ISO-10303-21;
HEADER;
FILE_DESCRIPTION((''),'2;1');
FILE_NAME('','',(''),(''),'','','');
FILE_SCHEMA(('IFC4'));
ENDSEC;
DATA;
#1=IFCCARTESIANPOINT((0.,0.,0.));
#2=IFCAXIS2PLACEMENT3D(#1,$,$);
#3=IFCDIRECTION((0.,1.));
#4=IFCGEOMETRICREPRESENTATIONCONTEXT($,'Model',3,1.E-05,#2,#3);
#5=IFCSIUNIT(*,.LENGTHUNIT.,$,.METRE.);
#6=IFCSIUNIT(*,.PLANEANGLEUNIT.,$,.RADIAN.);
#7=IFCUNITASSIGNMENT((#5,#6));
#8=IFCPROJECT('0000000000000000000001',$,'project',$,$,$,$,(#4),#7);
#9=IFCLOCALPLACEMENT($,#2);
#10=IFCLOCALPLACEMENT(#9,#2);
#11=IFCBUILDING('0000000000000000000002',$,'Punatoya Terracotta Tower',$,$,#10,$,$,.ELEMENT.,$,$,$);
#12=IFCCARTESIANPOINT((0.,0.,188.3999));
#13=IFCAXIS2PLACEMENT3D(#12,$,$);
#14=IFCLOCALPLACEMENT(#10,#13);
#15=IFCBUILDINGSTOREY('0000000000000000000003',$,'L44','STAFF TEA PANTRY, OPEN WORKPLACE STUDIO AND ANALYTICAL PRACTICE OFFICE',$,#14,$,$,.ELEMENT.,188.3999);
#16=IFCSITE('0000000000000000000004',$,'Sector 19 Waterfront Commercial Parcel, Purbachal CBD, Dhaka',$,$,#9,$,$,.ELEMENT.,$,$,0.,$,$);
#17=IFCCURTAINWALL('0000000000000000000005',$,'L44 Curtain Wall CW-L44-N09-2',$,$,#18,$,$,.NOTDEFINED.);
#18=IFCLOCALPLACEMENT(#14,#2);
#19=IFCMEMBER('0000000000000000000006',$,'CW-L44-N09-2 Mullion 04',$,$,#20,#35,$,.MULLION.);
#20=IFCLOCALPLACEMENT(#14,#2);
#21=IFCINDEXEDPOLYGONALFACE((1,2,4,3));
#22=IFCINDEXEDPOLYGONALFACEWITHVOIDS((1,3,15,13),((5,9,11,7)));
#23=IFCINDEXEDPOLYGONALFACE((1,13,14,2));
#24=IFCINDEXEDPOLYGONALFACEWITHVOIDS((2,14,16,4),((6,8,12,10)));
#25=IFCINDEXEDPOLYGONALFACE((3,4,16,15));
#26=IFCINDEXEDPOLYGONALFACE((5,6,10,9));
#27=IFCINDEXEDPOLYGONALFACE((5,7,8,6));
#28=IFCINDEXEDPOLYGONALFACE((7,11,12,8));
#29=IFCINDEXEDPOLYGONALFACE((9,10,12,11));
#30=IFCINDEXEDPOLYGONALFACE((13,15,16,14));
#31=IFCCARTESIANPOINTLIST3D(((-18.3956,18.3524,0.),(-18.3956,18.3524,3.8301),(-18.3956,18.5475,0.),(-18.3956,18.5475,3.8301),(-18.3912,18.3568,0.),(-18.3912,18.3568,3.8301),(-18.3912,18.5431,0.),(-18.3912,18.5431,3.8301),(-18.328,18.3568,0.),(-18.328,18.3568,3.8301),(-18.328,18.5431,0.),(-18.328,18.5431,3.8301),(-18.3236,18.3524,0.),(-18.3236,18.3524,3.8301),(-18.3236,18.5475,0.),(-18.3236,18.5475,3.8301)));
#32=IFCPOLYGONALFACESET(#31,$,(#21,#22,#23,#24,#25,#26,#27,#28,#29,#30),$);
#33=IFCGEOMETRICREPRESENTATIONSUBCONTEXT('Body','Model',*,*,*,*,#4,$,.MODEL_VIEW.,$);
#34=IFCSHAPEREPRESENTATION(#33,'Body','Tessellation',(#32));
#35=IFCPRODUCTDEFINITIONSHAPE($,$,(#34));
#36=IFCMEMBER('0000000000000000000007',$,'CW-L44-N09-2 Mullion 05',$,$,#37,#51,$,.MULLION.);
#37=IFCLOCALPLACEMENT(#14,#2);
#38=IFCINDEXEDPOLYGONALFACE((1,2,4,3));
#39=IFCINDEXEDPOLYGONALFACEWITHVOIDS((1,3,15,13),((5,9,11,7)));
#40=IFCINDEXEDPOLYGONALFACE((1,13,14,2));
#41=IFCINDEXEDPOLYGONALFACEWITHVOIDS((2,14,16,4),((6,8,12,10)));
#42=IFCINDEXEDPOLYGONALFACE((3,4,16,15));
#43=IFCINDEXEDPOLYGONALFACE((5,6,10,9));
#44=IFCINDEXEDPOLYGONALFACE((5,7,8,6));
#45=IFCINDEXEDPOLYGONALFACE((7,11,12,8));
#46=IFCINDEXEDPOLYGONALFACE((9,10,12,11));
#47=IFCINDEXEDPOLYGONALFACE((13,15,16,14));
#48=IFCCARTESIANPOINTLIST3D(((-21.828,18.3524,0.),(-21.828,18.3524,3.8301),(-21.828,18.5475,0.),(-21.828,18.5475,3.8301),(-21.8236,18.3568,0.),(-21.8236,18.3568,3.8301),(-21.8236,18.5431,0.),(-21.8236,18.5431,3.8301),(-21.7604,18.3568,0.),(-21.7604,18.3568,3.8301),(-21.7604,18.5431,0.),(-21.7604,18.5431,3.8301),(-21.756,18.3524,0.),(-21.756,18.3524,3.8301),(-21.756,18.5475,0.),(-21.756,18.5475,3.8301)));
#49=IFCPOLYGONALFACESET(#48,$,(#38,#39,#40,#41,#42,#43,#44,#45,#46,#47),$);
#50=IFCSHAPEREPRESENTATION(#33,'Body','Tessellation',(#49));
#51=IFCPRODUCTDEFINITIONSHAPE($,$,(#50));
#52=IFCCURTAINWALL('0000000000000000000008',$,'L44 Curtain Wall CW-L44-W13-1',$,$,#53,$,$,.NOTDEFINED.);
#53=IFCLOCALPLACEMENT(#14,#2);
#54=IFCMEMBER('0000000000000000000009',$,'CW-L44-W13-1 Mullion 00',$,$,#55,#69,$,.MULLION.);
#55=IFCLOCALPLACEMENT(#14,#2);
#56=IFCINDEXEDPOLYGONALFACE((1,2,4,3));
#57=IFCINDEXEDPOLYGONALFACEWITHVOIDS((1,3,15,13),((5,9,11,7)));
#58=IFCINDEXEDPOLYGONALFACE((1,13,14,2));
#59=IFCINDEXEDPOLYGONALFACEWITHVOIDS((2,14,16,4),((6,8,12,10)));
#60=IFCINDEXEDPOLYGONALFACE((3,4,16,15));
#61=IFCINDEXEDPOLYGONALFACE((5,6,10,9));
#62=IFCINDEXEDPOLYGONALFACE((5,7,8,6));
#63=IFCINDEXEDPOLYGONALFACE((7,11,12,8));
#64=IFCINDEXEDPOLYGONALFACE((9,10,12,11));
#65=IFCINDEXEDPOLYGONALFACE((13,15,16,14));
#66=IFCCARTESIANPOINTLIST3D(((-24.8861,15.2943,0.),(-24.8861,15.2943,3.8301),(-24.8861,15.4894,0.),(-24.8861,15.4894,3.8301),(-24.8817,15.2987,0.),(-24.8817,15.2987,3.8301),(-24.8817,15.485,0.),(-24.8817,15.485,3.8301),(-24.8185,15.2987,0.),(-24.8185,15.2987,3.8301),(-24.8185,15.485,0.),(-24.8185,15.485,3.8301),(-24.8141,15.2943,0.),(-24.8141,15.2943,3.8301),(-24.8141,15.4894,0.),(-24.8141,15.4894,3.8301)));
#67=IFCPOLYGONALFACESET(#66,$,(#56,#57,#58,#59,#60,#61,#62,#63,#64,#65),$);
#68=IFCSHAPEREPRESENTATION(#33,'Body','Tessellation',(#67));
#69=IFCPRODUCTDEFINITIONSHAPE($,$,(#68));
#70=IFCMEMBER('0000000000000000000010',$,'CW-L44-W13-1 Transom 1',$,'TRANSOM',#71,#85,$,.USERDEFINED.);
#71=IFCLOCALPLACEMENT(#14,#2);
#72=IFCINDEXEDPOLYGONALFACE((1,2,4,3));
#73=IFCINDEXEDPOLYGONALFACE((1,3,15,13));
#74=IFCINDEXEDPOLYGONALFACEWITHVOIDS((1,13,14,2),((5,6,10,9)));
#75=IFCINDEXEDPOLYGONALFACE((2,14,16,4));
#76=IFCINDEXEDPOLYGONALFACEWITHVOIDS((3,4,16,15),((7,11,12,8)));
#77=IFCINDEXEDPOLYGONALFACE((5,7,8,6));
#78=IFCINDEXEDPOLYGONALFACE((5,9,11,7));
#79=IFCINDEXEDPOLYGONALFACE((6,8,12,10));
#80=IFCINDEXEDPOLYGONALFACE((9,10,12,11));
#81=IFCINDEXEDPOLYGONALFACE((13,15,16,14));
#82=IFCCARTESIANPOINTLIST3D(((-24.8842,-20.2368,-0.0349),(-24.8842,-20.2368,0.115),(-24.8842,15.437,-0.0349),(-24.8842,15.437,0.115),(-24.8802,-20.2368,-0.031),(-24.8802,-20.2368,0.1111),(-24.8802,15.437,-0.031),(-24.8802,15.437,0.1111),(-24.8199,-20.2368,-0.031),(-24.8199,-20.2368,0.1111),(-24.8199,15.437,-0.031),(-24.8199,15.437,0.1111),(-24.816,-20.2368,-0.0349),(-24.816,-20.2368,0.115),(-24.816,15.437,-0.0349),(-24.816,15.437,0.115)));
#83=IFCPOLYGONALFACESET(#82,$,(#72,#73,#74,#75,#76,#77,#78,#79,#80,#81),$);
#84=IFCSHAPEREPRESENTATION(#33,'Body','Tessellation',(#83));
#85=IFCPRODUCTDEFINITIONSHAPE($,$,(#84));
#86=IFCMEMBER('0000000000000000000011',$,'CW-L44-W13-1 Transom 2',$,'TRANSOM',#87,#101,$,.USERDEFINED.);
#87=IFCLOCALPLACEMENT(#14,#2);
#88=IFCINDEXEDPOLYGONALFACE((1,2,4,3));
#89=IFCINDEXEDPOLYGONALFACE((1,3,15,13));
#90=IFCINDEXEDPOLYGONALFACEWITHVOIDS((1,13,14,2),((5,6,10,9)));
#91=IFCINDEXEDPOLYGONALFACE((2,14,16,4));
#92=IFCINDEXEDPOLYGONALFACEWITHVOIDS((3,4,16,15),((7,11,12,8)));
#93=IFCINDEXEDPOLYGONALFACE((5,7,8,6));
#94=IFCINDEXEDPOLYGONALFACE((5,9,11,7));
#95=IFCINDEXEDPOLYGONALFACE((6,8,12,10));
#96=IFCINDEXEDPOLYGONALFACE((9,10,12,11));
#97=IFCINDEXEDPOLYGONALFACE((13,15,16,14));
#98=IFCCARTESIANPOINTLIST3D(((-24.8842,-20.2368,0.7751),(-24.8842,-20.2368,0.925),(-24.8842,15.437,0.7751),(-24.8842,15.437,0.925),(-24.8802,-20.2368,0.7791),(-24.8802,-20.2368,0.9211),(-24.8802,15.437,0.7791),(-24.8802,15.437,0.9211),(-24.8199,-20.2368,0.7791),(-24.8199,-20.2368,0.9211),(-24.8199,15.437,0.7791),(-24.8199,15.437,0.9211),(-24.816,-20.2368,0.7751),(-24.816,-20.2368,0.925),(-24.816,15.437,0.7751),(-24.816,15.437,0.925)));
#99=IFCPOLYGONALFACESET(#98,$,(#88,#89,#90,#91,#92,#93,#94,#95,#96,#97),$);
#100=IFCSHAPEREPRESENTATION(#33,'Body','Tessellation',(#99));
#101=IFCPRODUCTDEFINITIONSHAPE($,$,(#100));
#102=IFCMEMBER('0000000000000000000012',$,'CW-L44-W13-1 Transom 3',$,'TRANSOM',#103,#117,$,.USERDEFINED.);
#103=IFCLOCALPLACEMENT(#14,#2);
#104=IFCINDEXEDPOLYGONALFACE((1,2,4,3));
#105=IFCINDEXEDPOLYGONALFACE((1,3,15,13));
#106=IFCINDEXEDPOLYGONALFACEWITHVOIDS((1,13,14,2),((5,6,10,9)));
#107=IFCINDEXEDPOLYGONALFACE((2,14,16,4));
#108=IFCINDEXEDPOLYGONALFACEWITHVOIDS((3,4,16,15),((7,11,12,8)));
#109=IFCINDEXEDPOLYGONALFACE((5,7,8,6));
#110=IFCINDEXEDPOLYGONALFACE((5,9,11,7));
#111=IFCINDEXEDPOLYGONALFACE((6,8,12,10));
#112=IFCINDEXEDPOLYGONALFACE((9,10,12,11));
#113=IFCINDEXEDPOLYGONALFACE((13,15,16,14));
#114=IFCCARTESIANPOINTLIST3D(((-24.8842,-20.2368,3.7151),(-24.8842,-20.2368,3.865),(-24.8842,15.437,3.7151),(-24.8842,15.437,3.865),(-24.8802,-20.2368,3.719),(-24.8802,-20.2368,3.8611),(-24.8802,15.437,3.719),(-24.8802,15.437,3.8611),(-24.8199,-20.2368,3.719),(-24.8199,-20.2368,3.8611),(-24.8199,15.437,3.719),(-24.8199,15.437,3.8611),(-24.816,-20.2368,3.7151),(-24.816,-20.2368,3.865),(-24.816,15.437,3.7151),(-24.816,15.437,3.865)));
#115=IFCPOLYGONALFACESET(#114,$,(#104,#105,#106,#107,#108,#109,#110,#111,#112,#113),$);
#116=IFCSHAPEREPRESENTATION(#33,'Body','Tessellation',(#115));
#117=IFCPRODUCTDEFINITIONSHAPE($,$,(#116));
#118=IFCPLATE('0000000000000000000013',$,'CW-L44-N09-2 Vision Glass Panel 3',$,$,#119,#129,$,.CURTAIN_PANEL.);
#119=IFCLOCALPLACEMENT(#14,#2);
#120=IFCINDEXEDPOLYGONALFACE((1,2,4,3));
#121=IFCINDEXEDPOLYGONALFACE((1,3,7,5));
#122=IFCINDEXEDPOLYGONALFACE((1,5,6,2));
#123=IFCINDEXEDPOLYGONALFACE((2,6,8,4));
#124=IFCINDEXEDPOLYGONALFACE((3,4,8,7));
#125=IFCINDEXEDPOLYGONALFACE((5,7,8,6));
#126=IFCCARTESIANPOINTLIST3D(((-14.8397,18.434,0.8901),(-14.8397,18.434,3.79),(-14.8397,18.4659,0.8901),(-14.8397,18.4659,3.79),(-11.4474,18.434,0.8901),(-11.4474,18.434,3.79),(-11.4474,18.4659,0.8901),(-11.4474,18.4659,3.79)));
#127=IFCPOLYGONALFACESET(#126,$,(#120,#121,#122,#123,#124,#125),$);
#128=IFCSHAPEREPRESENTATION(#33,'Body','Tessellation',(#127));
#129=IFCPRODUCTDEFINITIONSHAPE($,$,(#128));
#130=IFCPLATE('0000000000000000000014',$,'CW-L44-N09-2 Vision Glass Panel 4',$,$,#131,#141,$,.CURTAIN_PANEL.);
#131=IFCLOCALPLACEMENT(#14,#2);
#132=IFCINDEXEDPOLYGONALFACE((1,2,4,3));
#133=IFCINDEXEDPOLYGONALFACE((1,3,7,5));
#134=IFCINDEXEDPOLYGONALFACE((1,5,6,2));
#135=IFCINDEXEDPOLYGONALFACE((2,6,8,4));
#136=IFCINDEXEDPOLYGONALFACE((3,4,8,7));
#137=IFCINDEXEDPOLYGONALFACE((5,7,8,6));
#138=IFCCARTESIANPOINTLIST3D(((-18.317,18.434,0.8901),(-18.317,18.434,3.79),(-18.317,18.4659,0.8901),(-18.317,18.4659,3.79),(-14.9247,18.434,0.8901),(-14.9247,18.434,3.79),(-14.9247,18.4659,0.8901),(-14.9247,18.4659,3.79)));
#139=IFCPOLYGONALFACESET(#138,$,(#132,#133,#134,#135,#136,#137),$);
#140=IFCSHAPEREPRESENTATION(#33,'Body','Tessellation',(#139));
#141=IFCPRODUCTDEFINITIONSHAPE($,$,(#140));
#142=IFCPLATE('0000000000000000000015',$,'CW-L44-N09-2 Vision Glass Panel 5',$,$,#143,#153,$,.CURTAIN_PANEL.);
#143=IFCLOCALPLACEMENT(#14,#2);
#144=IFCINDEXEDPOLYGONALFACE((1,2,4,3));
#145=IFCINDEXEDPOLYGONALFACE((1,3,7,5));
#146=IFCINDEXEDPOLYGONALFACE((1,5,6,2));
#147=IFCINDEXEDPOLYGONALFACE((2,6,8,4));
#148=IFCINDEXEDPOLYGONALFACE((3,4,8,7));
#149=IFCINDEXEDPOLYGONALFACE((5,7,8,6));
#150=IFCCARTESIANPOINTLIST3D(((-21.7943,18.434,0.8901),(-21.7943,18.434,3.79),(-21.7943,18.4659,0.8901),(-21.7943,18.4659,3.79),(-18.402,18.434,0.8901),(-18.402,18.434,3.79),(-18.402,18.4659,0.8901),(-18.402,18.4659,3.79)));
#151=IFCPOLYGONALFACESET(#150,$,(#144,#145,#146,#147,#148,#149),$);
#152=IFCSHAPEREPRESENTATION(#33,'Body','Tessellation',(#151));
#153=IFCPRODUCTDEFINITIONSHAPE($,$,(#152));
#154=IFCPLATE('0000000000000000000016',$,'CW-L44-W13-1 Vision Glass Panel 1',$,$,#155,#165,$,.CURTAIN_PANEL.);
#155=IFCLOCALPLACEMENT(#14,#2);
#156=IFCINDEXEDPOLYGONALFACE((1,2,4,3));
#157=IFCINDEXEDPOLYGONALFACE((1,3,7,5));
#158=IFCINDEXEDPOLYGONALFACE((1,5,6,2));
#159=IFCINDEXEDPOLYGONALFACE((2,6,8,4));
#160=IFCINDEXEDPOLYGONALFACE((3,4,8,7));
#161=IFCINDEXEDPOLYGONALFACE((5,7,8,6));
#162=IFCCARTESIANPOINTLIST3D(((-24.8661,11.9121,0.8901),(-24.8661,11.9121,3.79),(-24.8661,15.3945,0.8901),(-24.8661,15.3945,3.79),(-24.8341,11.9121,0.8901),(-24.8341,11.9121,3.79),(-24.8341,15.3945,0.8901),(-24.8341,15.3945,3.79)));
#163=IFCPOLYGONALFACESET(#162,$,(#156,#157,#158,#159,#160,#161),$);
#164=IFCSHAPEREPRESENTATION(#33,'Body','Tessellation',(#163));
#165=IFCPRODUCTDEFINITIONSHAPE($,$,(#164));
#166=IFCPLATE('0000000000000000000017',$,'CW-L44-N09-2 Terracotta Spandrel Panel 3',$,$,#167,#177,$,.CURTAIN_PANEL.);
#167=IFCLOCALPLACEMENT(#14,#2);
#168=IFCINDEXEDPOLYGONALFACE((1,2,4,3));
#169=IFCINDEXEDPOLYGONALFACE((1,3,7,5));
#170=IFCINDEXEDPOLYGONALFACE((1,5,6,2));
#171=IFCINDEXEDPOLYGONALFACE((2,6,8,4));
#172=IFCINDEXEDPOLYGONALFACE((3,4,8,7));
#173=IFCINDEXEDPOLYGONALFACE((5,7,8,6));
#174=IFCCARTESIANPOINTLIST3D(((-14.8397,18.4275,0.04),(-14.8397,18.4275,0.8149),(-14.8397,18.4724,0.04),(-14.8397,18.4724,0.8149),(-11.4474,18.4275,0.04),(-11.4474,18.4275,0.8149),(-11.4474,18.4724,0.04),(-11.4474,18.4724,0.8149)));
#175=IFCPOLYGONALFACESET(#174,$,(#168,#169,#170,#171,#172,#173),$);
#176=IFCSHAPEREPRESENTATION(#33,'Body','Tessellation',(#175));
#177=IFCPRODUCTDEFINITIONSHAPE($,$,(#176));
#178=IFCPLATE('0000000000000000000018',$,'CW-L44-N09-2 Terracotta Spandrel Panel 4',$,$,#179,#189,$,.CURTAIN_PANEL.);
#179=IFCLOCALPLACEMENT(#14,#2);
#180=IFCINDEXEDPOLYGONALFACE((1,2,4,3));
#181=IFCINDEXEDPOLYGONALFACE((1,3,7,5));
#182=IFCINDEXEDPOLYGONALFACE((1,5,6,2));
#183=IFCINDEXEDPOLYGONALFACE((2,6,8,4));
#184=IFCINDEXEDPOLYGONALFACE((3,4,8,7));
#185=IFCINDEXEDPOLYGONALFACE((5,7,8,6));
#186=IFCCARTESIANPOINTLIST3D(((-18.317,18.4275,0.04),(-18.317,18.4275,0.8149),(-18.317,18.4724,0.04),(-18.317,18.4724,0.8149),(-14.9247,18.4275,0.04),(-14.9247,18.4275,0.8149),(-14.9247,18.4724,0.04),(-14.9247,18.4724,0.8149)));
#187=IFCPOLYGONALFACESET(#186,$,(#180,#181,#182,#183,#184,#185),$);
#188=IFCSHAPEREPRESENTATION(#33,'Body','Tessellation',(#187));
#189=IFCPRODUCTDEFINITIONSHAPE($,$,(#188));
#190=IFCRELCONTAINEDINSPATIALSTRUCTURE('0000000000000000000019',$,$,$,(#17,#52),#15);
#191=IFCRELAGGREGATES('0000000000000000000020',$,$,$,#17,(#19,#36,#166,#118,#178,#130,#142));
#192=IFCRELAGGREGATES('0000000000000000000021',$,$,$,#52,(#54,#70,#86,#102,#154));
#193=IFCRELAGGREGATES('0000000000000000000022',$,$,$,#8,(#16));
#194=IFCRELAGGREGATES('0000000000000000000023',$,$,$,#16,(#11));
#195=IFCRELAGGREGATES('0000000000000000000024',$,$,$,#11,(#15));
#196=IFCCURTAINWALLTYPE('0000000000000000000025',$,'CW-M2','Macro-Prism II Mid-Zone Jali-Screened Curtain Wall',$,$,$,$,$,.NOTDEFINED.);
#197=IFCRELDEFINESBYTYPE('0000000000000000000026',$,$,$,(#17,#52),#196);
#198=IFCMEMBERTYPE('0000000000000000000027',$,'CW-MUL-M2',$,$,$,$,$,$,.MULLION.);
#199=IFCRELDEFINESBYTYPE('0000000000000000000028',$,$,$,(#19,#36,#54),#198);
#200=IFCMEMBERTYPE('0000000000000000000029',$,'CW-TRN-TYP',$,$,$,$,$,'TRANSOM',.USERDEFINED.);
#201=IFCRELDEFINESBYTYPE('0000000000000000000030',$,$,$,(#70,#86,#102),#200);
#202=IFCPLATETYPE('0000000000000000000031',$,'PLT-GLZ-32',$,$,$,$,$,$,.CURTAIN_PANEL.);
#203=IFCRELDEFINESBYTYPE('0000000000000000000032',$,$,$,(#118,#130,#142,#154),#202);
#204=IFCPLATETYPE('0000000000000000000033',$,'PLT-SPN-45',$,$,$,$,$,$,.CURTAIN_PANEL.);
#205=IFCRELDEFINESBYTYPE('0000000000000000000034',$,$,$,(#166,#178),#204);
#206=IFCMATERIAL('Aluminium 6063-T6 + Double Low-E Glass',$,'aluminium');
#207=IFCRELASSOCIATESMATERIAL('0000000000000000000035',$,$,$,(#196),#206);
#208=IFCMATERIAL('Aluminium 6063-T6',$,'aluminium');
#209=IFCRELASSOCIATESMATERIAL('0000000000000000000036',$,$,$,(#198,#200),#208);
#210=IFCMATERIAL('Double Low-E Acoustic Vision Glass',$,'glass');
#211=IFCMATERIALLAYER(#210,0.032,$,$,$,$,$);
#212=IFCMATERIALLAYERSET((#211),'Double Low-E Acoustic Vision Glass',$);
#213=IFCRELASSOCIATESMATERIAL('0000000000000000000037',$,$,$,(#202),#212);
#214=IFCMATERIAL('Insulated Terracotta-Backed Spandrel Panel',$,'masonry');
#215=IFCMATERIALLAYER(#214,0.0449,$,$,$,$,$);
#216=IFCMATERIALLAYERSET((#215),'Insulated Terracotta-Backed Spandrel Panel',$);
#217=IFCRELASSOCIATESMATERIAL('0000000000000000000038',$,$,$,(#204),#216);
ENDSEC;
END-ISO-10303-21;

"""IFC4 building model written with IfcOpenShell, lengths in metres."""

from ifc_helpers import new_model, si_unit, direction, frame, origin, origin_2d, place, context, subcontext, project, spatial, rectangle, hollow_rectangle, extrude, material, layer, layer_set, material_profile, profile_set, type_object, element, aggregate, save


model = new_model("IFC4")

# Units and contexts
model_context = context("Model", 3, precision=1e-05, world=origin(), true_north=direction((0.0, 1.0)))
body_context = subcontext(model_context, "Body", "Model", "MODEL_VIEW")
ifc_project = project(units=[si_unit("LENGTHUNIT", "METRE"), si_unit("PLANEANGLEUNIT", "RADIAN")], contexts=[model_context])

# Site, building, storey
site_placement = place(None, origin())
site = spatial("IfcSite", under=ifc_project, at=site_placement, Name="Sector 19 Waterfront Commercial Parcel, Purbachal CBD, Dhaka", CompositionType="ELEMENT", RefElevation=0.0)
building_placement = place(site_placement, origin())
building = spatial("IfcBuilding", under=site, at=building_placement, Name="Punatoya Terracotta Tower", CompositionType="ELEMENT")
storey_placement = place(building_placement, frame((0.0, 0.0, 188.3999)))
storey = spatial("IfcBuildingStorey", under=building, at=storey_placement, Name="L44", Description="STAFF TEA PANTRY, OPEN WORKPLACE STUDIO AND ANALYTICAL PRACTICE OFFICE", CompositionType="ELEMENT", Elevation=188.3999)

# Curtain walls, members
ifc_material_1 = material(Name="Aluminium 6063-T6 + Double Low-E Glass", Category="aluminium")
curtain_wall_type = type_object("IfcCurtainWallType", Name="CW-M2", Description="Macro-Prism II Mid-Zone Jali-Screened Curtain Wall", PredefinedType="NOTDEFINED", material=ifc_material_1)
curtain_wall_1_placement = place(storey_placement, origin())
curtain_wall_1 = element("IfcCurtainWall", 1, at=curtain_wall_1_placement, inside=storey, type_object=curtain_wall_type, Name="L44 Curtain Wall CW-L44-N09-2", PredefinedType="NOTDEFINED")
ifc_material_2 = material(Name="Aluminium 6063-T6", Category="aluminium")
ifc_material_profile_1 = material_profile(ifc_material_2, hollow_rectangle(XDim=0.072, YDim=0.1951, WallThickness=0.0044, at=origin_2d()))
ifc_profile_set_1 = profile_set([ifc_material_profile_1], Name="Aluminium 6063-T6")
member_type_1 = type_object("IfcMemberType", Name="CW-MUL-M2", PredefinedType="MULLION", material=ifc_profile_set_1)
member_1_placement = place(storey_placement, frame((-18.3596, 18.45, 0.0), z_axis=(0.0, 0.0, 1.0), x_axis=(1.0, 0.0, 0.0)))
member_1 = element("IfcMember", 2, at=member_1_placement, type_object=member_type_1, Name="CW-L44-N09-2 Mullion 04", PredefinedType="MULLION", context=body_context, shape_type="SweptSolid", body=[
    extrude(hollow_rectangle(XDim=0.072, YDim=0.1951, WallThickness=0.0044, at=origin_2d()), origin(), (0.0, 0.0, 1.0), 3.8301),
])
member_2_placement = place(storey_placement, frame((-21.792, 18.45, 0.0), z_axis=(0.0, 0.0, 1.0), x_axis=(1.0, 0.0, 0.0)))
member_2 = element("IfcMember", 3, at=member_2_placement, type_object=member_type_1, Name="CW-L44-N09-2 Mullion 05", PredefinedType="MULLION", context=body_context, shape_type="SweptSolid", body=[
    extrude(hollow_rectangle(XDim=0.072, YDim=0.1951, WallThickness=0.0044, at=origin_2d()), origin(), (0.0, 0.0, 1.0), 3.8301),
])
curtain_wall_2_placement = place(storey_placement, origin())
curtain_wall_2 = element("IfcCurtainWall", 4, at=curtain_wall_2_placement, inside=storey, type_object=curtain_wall_type, Name="L44 Curtain Wall CW-L44-W13-1", PredefinedType="NOTDEFINED")
member_3_placement = place(storey_placement, frame((-24.8501, 15.3918, 0.0), z_axis=(0.0, 0.0, 1.0), x_axis=(1.0, 0.0, 0.0)))
member_3 = element("IfcMember", 5, at=member_3_placement, type_object=member_type_1, Name="CW-L44-W13-1 Mullion 00", PredefinedType="MULLION", context=body_context, shape_type="SweptSolid", body=[
    extrude(hollow_rectangle(XDim=0.072, YDim=0.1951, WallThickness=0.0044, at=origin_2d()), origin(), (0.0, 0.0, 1.0), 3.8301),
])
ifc_material_profile_2 = material_profile(ifc_material_2, hollow_rectangle(XDim=0.0681, YDim=0.1499, WallThickness=0.0039, at=origin_2d()))
ifc_profile_set_2 = profile_set([ifc_material_profile_2], Name="Aluminium 6063-T6")
member_type_2 = type_object("IfcMemberType", Name="CW-TRN-TYP", ElementType="TRANSOM", PredefinedType="USERDEFINED", material=ifc_profile_set_2)
member_4_placement = place(storey_placement, frame((-24.8501, 15.437, 0.04), z_axis=(0.0, -1.0, 0.0), x_axis=(1.0, 0.0, 0.0)))
member_4 = element("IfcMember", 6, at=member_4_placement, type_object=member_type_2, Name="CW-L44-W13-1 Transom 1", ObjectType="TRANSOM", PredefinedType="USERDEFINED", context=body_context, shape_type="SweptSolid", body=[
    extrude(hollow_rectangle(XDim=0.0681, YDim=0.1499, WallThickness=0.0039, at=origin_2d()), origin(), (0.0, 0.0, 1.0), 35.6738),
])
member_5_placement = place(storey_placement, frame((-24.8501, 15.437, 0.8501), z_axis=(0.0, -1.0, 0.0), x_axis=(1.0, 0.0, 0.0)))
member_5 = element("IfcMember", 7, at=member_5_placement, type_object=member_type_2, Name="CW-L44-W13-1 Transom 2", ObjectType="TRANSOM", PredefinedType="USERDEFINED", context=body_context, shape_type="SweptSolid", body=[
    extrude(hollow_rectangle(XDim=0.0681, YDim=0.1499, WallThickness=0.0039, at=origin_2d()), origin(), (0.0, 0.0, 1.0), 35.6738),
])
member_6_placement = place(storey_placement, frame((-24.8501, 15.437, 3.79), z_axis=(0.0, -1.0, 0.0), x_axis=(1.0, 0.0, 0.0)))
member_6 = element("IfcMember", 8, at=member_6_placement, type_object=member_type_2, Name="CW-L44-W13-1 Transom 3", ObjectType="TRANSOM", PredefinedType="USERDEFINED", context=body_context, shape_type="SweptSolid", body=[
    extrude(hollow_rectangle(XDim=0.0681, YDim=0.1499, WallThickness=0.0039, at=origin_2d()), origin(), (0.0, 0.0, 1.0), 35.6738),
])

# Plates
ifc_material_3 = material(Name="Double Low-E Acoustic Vision Glass", Category="glass")
ifc_layer_1 = layer(ifc_material_3, 0.032)
ifc_layer_set_1 = layer_set([ifc_layer_1], Name="Double Low-E Acoustic Vision Glass")
plate_type_1 = type_object("IfcPlateType", Name="PLT-GLZ-32", PredefinedType="CURTAIN_PANEL", material=ifc_layer_set_1)
plate_1_placement = place(storey_placement, frame((-13.1436, 18.45, 0.8901), z_axis=(0.0, 0.0, 1.0), x_axis=(-1.0, 0.0, 0.0)))
plate_1 = element("IfcPlate", 9, at=plate_1_placement, type_object=plate_type_1, Name="CW-L44-N09-2 Vision Glass Panel 3", PredefinedType="CURTAIN_PANEL", context=body_context, shape_type="SweptSolid", body=[
    extrude(rectangle(XDim=3.3923, YDim=0.032, at=origin_2d()), origin(), (0.0, 0.0, 1.0), 2.8999),
])
plate_2_placement = place(storey_placement, frame((-16.6208, 18.45, 0.8901), z_axis=(0.0, 0.0, 1.0), x_axis=(-1.0, 0.0, 0.0)))
plate_2 = element("IfcPlate", 10, at=plate_2_placement, type_object=plate_type_1, Name="CW-L44-N09-2 Vision Glass Panel 4", PredefinedType="CURTAIN_PANEL", context=body_context, shape_type="SweptSolid", body=[
    extrude(rectangle(XDim=3.3923, YDim=0.032, at=origin_2d()), origin(), (0.0, 0.0, 1.0), 2.8999),
])
plate_3_placement = place(storey_placement, frame((-20.0981, 18.45, 0.8901), z_axis=(0.0, 0.0, 1.0), x_axis=(-1.0, 0.0, 0.0)))
plate_3 = element("IfcPlate", 11, at=plate_3_placement, type_object=plate_type_1, Name="CW-L44-N09-2 Vision Glass Panel 5", PredefinedType="CURTAIN_PANEL", context=body_context, shape_type="SweptSolid", body=[
    extrude(rectangle(XDim=3.3923, YDim=0.032, at=origin_2d()), origin(), (0.0, 0.0, 1.0), 2.8999),
])
plate_4_placement = place(storey_placement, frame((-24.8501, 13.6533, 0.8901), z_axis=(0.0, 0.0, 1.0), x_axis=(0.0, -1.0, 0.0)))
plate_4 = element("IfcPlate", 12, at=plate_4_placement, type_object=plate_type_1, Name="CW-L44-W13-1 Vision Glass Panel 1", PredefinedType="CURTAIN_PANEL", context=body_context, shape_type="SweptSolid", body=[
    extrude(rectangle(XDim=3.4824, YDim=0.032, at=origin_2d()), origin(), (0.0, 0.0, 1.0), 2.8999),
])
ifc_material_4 = material(Name="Insulated Terracotta-Backed Spandrel Panel", Category="masonry")
ifc_layer_2 = layer(ifc_material_4, 0.0449)
ifc_layer_set_2 = layer_set([ifc_layer_2], Name="Insulated Terracotta-Backed Spandrel Panel")
plate_type_2 = type_object("IfcPlateType", Name="PLT-SPN-45", PredefinedType="CURTAIN_PANEL", material=ifc_layer_set_2)
plate_5_placement = place(storey_placement, frame((-13.1436, 18.45, 0.04), z_axis=(0.0, 0.0, 1.0), x_axis=(-1.0, 0.0, 0.0)))
plate_5 = element("IfcPlate", 13, at=plate_5_placement, type_object=plate_type_2, Name="CW-L44-N09-2 Terracotta Spandrel Panel 3", PredefinedType="CURTAIN_PANEL", context=body_context, shape_type="SweptSolid", body=[
    extrude(rectangle(XDim=3.3923, YDim=0.0449, at=origin_2d()), origin(), (0.0, 0.0, 1.0), 0.7749),
])
plate_6_placement = place(storey_placement, frame((-16.6208, 18.45, 0.04), z_axis=(0.0, 0.0, 1.0), x_axis=(-1.0, 0.0, 0.0)))
plate_6 = element("IfcPlate", 14, at=plate_6_placement, type_object=plate_type_2, Name="CW-L44-N09-2 Terracotta Spandrel Panel 4", PredefinedType="CURTAIN_PANEL", context=body_context, shape_type="SweptSolid", body=[
    extrude(rectangle(XDim=3.3923, YDim=0.0449, at=origin_2d()), origin(), (0.0, 0.0, 1.0), 0.7749),
])
aggregate(curtain_wall_1, [member_1, member_2, plate_5, plate_1, plate_6, plate_2, plate_3])
aggregate(curtain_wall_2, [member_3, member_4, member_5, member_6, plate_4])

save(model, "model.ifc")
